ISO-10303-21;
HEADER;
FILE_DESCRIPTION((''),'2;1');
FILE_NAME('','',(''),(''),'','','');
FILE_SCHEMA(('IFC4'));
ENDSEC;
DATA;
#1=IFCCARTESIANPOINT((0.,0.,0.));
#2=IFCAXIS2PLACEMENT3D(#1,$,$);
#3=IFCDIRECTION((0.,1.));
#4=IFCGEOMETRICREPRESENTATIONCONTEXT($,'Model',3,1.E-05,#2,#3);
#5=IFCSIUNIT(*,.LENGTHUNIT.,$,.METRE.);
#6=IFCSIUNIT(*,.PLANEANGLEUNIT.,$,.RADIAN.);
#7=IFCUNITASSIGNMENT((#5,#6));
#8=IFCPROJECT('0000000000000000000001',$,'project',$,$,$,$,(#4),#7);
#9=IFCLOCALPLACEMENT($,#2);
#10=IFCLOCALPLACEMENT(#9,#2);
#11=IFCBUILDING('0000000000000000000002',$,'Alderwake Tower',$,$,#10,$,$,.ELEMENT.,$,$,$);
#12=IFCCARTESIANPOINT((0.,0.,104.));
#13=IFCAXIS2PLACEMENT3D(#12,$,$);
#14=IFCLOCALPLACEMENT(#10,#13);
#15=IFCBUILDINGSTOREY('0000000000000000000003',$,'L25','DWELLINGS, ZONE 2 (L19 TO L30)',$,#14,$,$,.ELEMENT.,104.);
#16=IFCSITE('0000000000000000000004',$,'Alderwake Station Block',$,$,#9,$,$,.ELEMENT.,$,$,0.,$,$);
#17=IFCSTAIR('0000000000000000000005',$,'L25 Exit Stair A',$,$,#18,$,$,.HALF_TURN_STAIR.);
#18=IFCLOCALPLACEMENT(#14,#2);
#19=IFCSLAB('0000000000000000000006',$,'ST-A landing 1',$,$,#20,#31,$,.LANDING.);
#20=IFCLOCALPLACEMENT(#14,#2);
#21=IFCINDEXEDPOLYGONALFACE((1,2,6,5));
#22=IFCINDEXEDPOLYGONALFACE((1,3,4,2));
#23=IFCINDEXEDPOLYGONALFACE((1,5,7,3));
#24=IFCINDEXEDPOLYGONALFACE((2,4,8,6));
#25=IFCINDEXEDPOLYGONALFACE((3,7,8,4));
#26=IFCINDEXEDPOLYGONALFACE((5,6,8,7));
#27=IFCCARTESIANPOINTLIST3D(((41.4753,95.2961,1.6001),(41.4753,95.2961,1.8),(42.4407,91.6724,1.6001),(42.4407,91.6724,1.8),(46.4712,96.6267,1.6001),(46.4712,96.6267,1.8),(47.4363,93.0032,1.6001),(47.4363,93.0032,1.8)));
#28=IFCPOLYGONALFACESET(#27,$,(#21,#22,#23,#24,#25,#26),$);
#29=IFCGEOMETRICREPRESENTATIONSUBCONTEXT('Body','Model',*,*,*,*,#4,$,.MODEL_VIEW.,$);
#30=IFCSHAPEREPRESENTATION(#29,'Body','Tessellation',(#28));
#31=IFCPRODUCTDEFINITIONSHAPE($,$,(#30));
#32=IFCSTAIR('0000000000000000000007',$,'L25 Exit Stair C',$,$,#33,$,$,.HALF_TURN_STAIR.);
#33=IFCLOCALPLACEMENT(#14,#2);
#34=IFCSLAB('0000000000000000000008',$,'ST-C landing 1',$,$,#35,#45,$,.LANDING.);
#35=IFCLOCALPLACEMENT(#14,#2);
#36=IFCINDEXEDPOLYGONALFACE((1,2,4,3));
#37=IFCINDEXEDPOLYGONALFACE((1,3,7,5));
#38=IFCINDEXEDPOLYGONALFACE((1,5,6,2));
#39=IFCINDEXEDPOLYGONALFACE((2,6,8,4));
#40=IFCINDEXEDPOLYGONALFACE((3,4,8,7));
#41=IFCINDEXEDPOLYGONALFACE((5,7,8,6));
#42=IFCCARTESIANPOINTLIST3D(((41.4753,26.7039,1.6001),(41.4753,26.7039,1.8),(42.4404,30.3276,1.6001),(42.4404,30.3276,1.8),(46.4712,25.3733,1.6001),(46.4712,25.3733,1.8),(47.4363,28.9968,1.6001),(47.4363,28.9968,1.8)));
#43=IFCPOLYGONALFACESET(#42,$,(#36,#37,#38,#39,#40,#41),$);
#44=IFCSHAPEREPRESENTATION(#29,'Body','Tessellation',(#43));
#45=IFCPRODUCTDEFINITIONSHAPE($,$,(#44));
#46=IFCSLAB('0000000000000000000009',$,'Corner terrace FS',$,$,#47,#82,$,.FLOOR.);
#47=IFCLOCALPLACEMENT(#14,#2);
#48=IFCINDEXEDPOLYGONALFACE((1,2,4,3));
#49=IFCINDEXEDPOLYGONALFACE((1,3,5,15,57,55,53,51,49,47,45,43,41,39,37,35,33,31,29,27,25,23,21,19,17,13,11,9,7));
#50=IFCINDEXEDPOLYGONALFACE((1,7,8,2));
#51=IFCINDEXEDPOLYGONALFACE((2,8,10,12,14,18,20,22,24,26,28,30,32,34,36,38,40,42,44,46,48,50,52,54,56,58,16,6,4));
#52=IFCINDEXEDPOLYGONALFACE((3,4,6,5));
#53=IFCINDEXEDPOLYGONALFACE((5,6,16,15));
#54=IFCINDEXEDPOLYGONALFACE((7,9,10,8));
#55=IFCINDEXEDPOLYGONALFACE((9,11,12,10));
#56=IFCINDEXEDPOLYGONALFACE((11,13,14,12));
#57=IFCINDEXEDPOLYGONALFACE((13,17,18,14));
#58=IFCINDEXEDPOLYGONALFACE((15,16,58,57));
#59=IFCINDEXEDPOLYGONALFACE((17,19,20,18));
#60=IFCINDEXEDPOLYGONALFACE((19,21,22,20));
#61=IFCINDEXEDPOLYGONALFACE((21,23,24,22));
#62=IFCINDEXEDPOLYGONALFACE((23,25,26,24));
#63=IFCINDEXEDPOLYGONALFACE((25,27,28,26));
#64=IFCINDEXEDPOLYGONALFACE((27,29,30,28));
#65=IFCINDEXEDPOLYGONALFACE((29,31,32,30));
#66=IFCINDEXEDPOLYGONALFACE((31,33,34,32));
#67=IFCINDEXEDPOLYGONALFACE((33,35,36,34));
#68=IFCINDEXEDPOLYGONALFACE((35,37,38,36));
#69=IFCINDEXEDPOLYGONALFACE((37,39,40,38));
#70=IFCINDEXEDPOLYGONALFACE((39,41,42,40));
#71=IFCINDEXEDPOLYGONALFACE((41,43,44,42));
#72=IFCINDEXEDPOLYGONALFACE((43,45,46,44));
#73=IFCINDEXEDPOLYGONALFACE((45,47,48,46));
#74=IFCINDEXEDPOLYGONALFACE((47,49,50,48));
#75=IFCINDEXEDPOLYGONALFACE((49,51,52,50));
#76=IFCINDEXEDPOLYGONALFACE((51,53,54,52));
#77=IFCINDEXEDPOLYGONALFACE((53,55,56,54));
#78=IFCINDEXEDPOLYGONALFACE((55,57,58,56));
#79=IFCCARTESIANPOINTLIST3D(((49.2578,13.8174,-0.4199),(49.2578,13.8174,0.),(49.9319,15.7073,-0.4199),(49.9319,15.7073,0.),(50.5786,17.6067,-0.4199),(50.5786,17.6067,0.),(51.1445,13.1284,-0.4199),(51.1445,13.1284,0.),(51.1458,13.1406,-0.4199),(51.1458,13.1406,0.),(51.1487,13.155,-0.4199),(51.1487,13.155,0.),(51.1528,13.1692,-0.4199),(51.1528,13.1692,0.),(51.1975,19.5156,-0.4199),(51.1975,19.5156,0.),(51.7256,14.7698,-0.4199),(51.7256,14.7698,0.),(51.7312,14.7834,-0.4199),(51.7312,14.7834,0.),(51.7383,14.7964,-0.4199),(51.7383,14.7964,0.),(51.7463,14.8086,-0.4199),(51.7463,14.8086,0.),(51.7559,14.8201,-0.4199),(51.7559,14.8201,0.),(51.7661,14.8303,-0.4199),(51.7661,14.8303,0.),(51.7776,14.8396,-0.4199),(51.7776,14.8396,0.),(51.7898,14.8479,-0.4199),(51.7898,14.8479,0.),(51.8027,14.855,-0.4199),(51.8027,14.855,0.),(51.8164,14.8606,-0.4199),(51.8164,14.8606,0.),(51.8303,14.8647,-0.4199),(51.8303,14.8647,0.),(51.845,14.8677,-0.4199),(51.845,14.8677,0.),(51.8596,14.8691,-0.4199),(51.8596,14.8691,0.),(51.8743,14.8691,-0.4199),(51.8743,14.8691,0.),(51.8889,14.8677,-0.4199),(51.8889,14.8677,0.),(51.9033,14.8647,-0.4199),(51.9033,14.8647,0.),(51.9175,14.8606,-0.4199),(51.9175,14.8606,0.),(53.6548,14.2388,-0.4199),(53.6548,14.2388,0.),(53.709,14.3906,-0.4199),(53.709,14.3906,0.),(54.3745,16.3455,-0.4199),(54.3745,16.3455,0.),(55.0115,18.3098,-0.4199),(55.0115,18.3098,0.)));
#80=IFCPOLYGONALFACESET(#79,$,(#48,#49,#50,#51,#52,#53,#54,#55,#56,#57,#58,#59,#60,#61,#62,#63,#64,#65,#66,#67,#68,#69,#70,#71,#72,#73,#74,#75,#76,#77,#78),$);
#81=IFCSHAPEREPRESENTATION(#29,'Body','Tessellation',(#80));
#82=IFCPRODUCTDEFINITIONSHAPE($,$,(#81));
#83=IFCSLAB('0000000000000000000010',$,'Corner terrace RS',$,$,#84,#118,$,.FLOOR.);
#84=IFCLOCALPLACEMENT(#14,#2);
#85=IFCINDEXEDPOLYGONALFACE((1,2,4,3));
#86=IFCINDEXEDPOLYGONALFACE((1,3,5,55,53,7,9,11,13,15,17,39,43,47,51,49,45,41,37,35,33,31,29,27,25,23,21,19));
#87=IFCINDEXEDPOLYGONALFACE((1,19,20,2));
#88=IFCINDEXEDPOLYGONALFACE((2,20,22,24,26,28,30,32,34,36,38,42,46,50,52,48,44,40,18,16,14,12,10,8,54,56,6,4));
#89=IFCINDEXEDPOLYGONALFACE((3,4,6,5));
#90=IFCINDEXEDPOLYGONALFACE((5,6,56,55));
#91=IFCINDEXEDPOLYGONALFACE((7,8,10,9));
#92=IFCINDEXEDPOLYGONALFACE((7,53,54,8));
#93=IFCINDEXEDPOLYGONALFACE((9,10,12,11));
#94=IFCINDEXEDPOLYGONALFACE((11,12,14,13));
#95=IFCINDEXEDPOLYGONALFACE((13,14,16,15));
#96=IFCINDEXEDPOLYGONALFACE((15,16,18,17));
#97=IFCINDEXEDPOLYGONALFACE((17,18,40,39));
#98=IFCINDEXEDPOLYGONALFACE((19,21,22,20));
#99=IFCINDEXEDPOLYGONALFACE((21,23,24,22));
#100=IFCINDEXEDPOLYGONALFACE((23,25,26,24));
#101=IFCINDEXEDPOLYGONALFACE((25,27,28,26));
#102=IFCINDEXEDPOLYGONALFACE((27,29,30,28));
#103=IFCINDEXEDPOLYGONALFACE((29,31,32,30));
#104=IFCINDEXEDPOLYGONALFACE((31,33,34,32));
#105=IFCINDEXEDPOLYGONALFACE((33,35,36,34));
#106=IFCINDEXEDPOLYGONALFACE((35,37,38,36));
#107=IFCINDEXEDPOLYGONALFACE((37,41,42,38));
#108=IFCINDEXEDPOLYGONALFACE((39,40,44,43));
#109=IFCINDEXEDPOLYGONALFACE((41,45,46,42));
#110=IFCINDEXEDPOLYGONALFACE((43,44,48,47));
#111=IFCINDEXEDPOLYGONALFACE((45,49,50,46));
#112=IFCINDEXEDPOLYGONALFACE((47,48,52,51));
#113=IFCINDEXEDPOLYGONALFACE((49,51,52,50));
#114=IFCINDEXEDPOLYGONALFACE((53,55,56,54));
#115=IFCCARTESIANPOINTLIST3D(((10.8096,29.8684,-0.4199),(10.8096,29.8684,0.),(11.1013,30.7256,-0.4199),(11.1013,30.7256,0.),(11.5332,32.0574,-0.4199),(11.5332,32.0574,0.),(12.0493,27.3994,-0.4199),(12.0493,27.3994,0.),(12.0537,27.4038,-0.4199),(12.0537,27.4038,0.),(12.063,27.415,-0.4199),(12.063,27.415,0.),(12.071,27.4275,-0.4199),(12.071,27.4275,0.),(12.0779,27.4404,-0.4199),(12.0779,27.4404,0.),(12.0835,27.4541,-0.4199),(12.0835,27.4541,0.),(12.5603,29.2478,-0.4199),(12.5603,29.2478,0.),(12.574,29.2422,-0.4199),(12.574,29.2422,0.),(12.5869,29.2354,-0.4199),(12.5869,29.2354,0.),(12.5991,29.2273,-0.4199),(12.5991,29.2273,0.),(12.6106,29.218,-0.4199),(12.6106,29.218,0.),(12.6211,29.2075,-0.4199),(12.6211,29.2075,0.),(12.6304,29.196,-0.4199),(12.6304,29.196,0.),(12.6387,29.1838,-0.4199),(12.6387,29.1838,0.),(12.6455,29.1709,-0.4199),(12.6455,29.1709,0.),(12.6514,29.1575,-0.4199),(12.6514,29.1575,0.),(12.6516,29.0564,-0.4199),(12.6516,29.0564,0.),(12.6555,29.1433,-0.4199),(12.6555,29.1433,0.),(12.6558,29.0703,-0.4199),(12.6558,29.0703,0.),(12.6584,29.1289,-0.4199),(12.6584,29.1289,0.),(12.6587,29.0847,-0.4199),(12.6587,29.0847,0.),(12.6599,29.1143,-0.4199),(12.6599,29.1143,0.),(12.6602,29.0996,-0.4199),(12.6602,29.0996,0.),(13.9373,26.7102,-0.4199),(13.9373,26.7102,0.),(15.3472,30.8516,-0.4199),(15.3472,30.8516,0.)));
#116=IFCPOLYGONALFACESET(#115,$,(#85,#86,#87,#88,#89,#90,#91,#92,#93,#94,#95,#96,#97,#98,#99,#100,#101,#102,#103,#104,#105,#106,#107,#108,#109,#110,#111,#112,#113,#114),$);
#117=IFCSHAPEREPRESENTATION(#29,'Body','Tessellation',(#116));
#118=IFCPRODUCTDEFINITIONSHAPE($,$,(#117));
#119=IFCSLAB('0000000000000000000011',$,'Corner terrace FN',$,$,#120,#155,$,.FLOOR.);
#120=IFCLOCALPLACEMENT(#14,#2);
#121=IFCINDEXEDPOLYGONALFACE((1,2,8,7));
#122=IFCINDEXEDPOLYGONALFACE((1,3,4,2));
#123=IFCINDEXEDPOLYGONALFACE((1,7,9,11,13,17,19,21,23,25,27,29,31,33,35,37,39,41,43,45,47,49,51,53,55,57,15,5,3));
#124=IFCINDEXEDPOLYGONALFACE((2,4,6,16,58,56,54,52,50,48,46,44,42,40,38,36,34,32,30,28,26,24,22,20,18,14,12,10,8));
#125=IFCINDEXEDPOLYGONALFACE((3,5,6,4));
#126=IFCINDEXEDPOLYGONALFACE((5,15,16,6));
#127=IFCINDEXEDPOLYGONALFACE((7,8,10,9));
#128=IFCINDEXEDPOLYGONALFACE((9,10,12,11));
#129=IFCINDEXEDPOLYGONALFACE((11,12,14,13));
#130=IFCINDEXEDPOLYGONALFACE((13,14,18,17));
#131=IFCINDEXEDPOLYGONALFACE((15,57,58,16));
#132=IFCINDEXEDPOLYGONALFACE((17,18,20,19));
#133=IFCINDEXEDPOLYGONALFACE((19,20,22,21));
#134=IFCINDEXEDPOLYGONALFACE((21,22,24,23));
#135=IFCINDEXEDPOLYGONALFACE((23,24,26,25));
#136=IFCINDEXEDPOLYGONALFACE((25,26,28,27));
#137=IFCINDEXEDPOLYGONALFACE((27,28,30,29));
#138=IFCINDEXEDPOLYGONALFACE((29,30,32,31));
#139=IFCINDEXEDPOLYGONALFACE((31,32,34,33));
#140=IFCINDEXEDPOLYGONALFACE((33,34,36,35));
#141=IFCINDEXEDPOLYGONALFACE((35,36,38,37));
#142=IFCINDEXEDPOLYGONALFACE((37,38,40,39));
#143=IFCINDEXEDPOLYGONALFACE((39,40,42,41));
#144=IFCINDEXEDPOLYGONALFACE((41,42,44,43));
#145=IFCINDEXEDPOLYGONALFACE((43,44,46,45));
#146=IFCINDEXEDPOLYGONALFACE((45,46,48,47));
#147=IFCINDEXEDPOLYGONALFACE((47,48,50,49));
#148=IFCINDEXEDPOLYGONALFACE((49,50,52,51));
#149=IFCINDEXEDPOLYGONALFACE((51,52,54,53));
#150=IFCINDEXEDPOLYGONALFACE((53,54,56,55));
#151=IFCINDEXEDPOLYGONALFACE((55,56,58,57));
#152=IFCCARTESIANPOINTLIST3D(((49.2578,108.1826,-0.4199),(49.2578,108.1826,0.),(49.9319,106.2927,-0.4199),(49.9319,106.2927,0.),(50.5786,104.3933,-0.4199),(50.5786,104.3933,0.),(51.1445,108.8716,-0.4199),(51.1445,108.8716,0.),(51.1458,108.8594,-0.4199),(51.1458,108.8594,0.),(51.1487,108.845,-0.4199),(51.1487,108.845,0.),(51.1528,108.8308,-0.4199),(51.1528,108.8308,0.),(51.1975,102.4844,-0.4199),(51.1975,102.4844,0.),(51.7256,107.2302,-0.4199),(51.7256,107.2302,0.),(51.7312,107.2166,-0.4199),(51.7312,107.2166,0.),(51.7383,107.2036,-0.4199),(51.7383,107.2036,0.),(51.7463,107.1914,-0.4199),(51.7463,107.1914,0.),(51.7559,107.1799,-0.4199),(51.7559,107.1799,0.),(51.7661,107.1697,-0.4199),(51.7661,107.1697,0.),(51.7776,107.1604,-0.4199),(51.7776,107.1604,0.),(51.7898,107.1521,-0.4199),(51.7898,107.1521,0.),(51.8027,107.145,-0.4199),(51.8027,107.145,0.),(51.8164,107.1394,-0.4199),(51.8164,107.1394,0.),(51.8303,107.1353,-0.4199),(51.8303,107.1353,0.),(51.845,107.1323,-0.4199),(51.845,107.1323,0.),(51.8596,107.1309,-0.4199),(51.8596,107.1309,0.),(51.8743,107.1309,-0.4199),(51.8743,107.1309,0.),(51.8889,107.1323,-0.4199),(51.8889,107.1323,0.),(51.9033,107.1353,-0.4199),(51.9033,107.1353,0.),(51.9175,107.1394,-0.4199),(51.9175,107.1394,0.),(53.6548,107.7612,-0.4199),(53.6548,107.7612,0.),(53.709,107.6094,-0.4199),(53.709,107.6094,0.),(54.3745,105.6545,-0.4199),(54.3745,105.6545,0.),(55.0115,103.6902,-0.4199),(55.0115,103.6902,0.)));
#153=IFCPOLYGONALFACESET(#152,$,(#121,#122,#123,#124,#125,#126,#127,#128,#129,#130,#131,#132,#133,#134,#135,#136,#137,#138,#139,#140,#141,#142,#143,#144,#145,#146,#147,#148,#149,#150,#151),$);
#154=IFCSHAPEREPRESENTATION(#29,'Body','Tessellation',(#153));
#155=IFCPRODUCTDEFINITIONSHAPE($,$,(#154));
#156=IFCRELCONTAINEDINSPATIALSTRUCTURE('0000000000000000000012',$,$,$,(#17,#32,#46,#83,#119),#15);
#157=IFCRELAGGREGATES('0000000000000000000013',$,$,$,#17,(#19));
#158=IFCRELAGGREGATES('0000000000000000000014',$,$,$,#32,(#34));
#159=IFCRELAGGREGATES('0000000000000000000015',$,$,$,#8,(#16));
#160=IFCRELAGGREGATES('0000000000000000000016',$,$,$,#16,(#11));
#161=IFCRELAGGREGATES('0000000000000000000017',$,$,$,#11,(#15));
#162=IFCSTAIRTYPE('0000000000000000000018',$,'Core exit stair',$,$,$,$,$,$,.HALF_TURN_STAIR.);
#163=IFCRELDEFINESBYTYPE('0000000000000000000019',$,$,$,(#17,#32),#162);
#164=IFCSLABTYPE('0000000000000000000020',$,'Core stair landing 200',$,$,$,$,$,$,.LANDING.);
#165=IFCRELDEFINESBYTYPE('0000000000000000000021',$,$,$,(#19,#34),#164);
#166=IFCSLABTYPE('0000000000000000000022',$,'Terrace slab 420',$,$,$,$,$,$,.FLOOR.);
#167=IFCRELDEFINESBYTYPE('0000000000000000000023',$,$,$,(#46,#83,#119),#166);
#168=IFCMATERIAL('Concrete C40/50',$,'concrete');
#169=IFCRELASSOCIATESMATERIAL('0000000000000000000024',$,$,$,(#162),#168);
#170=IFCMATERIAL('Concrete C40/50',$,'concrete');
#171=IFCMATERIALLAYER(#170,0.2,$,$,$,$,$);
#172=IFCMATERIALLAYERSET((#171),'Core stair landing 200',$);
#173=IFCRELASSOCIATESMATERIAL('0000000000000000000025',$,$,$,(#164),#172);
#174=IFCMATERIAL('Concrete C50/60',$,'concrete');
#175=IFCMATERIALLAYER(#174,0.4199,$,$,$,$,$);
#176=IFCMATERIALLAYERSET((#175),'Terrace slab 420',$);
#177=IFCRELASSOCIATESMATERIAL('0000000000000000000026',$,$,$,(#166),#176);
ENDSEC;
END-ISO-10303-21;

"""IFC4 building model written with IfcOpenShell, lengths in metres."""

from ifc_helpers import new_model, si_unit, direction, frame, origin, place, context, subcontext, project, spatial, polyline, outline, extrude, material, layer, layer_set, type_object, element, aggregate, save


model = new_model("IFC4")

# Units and contexts
model_context = context("Model", 3, precision=1e-05, world=origin(), true_north=direction((0.0, 1.0)))
body_context = subcontext(model_context, "Body", "Model", "MODEL_VIEW")
ifc_project = project(units=[si_unit("LENGTHUNIT", "METRE"), si_unit("PLANEANGLEUNIT", "RADIAN")], contexts=[model_context])

# Site, building, storey
site_placement = place(None, origin())
site = spatial("IfcSite", under=ifc_project, at=site_placement, Name="Alderwake Station Block", CompositionType="ELEMENT", RefElevation=0.0)
building_placement = place(site_placement, origin())
building = spatial("IfcBuilding", under=site, at=building_placement, Name="Alderwake Tower", CompositionType="ELEMENT")
storey_placement = place(building_placement, frame((0.0, 0.0, 104.0)))
storey = spatial("IfcBuildingStorey", under=building, at=storey_placement, Name="L25", Description="DWELLINGS, ZONE 2 (L19 TO L30)", CompositionType="ELEMENT", Elevation=104.0)

# Stairs, slabs
ifc_material_1 = material(Name="Concrete C40/50", Category="concrete")
stair_type = type_object("IfcStairType", Name="Core exit stair", PredefinedType="HALF_TURN_STAIR", material=ifc_material_1)
ifc_material_2 = material(Name="Concrete C40/50", Category="concrete")
ifc_layer_1 = layer(ifc_material_2, 0.2)
ifc_layer_set_1 = layer_set([ifc_layer_1], Name="Core stair landing 200")
slab_type_1 = type_object("IfcSlabType", Name="Core stair landing 200", PredefinedType="LANDING", material=ifc_layer_set_1)
stair_1_placement = place(storey_placement, origin())
stair_1 = element("IfcStair", 1, at=stair_1_placement, inside=storey, type_object=stair_type, Name="L25 Exit Stair A", PredefinedType="HALF_TURN_STAIR")
slab_1_placement = place(storey_placement, frame((0.0, 0.0, 1.6001)))
slab_1 = element("IfcSlab", 2, at=slab_1_placement, type_object=slab_type_1, Name="ST-A landing 1", PredefinedType="LANDING", context=body_context, shape_type="SweptSolid", body=[
    extrude(outline(polyline([(42.4407, 91.6724), (47.4363, 93.0032), (46.4712, 96.6267), (41.4753, 95.2961), (42.4407, 91.6724)])), origin(), (0.0, 0.0, 1.0), 0.2),
])
aggregate(stair_1, [slab_1])
stair_2_placement = place(storey_placement, origin())
stair_2 = element("IfcStair", 3, at=stair_2_placement, inside=storey, type_object=stair_type, Name="L25 Exit Stair C", PredefinedType="HALF_TURN_STAIR")
slab_2_placement = place(storey_placement, frame((0.0, 0.0, 1.6001)))
slab_2 = element("IfcSlab", 4, at=slab_2_placement, type_object=slab_type_1, Name="ST-C landing 1", PredefinedType="LANDING", context=body_context, shape_type="SweptSolid", body=[
    extrude(outline(polyline([(41.4753, 26.7039), (46.4712, 25.3733), (47.4363, 28.9968), (42.4404, 30.3276), (41.4753, 26.7039)])), origin(), (0.0, 0.0, 1.0), 0.2),
])
aggregate(stair_2, [slab_2])

# Slabs
ifc_material_3 = material(Name="Concrete C50/60", Category="concrete")
ifc_layer_2 = layer(ifc_material_3, 0.4199)
ifc_layer_set_2 = layer_set([ifc_layer_2], Name="Terrace slab 420")
slab_type_2 = type_object("IfcSlabType", Name="Terrace slab 420", PredefinedType="FLOOR", material=ifc_layer_set_2)
slab_3_placement = place(storey_placement, frame((0.0, 0.0, -0.4199)))
element("IfcSlab", 5, at=slab_3_placement, inside=storey, type_object=slab_type_2, Name="Corner terrace FS", PredefinedType="FLOOR", context=body_context, shape_type="SweptSolid", body=[
    extrude(outline(polyline([(53.709, 14.3906), (53.6548, 14.2388), (51.9175, 14.8606), (51.9033, 14.8647), (51.8889, 14.8677), (51.8743, 14.8691), (51.8596, 14.8691), (51.845, 14.8677), (51.8303, 14.8647), (51.8164, 14.8606), (51.8027, 14.855), (51.7898, 14.8479), (51.7776, 14.8396), (51.7661, 14.8303), (51.7559, 14.8201), (51.7463, 14.8086), (51.7383, 14.7964), (51.7312, 14.7834), (51.7256, 14.7698), (51.1528, 13.1692), (51.1487, 13.155), (51.1458, 13.1406), (51.1445, 13.1284), (49.2578, 13.8174), (49.9319, 15.7073), (50.5786, 17.6067), (51.1975, 19.5156), (55.0115, 18.3098), (54.3745, 16.3455), (53.709, 14.3906)])), origin(), (0.0, 0.0, 1.0), 0.4199),
])
slab_4_placement = place(storey_placement, frame((0.0, 0.0, -0.4199)))
element("IfcSlab", 6, at=slab_4_placement, inside=storey, type_object=slab_type_2, Name="Corner terrace RS", PredefinedType="FLOOR", context=body_context, shape_type="SweptSolid", body=[
    extrude(outline(polyline([(13.9373, 26.7102), (12.0493, 27.3994), (12.0537, 27.4038), (12.063, 27.415), (12.071, 27.4275), (12.0779, 27.4404), (12.0835, 27.4541), (12.6516, 29.0564), (12.6558, 29.0703), (12.6587, 29.0847), (12.6602, 29.0996), (12.6599, 29.1143), (12.6584, 29.1289), (12.6555, 29.1433), (12.6514, 29.1575), (12.6455, 29.1709), (12.6387, 29.1838), (12.6304, 29.196), (12.6211, 29.2075), (12.6106, 29.218), (12.5991, 29.2273), (12.5869, 29.2354), (12.574, 29.2422), (12.5603, 29.2478), (10.8096, 29.8684), (11.1013, 30.7256), (11.5332, 32.0574), (15.3472, 30.8516), (13.9373, 26.7102)])), origin(), (0.0, 0.0, 1.0), 0.4199),
])
slab_5_placement = place(storey_placement, frame((0.0, 0.0, -0.4199)))
element("IfcSlab", 7, at=slab_5_placement, inside=storey, type_object=slab_type_2, Name="Corner terrace FN", PredefinedType="FLOOR", context=body_context, shape_type="SweptSolid", body=[
    extrude(outline(polyline([(53.709, 107.6094), (54.3745, 105.6545), (55.0115, 103.6902), (51.1975, 102.4844), (50.5786, 104.3933), (49.9319, 106.2927), (49.2578, 108.1826), (51.1445, 108.8716), (51.1458, 108.8594), (51.1487, 108.845), (51.1528, 108.8308), (51.7256, 107.2302), (51.7312, 107.2166), (51.7383, 107.2036), (51.7463, 107.1914), (51.7559, 107.1799), (51.7661, 107.1697), (51.7776, 107.1604), (51.7898, 107.1521), (51.8027, 107.145), (51.8164, 107.1394), (51.8303, 107.1353), (51.845, 107.1323), (51.8596, 107.1309), (51.8743, 107.1309), (51.8889, 107.1323), (51.9033, 107.1353), (51.9175, 107.1394), (53.6548, 107.7612), (53.709, 107.6094)])), origin(), (0.0, 0.0, 1.0), 0.4199),
])

save(model, "model.ifc")
